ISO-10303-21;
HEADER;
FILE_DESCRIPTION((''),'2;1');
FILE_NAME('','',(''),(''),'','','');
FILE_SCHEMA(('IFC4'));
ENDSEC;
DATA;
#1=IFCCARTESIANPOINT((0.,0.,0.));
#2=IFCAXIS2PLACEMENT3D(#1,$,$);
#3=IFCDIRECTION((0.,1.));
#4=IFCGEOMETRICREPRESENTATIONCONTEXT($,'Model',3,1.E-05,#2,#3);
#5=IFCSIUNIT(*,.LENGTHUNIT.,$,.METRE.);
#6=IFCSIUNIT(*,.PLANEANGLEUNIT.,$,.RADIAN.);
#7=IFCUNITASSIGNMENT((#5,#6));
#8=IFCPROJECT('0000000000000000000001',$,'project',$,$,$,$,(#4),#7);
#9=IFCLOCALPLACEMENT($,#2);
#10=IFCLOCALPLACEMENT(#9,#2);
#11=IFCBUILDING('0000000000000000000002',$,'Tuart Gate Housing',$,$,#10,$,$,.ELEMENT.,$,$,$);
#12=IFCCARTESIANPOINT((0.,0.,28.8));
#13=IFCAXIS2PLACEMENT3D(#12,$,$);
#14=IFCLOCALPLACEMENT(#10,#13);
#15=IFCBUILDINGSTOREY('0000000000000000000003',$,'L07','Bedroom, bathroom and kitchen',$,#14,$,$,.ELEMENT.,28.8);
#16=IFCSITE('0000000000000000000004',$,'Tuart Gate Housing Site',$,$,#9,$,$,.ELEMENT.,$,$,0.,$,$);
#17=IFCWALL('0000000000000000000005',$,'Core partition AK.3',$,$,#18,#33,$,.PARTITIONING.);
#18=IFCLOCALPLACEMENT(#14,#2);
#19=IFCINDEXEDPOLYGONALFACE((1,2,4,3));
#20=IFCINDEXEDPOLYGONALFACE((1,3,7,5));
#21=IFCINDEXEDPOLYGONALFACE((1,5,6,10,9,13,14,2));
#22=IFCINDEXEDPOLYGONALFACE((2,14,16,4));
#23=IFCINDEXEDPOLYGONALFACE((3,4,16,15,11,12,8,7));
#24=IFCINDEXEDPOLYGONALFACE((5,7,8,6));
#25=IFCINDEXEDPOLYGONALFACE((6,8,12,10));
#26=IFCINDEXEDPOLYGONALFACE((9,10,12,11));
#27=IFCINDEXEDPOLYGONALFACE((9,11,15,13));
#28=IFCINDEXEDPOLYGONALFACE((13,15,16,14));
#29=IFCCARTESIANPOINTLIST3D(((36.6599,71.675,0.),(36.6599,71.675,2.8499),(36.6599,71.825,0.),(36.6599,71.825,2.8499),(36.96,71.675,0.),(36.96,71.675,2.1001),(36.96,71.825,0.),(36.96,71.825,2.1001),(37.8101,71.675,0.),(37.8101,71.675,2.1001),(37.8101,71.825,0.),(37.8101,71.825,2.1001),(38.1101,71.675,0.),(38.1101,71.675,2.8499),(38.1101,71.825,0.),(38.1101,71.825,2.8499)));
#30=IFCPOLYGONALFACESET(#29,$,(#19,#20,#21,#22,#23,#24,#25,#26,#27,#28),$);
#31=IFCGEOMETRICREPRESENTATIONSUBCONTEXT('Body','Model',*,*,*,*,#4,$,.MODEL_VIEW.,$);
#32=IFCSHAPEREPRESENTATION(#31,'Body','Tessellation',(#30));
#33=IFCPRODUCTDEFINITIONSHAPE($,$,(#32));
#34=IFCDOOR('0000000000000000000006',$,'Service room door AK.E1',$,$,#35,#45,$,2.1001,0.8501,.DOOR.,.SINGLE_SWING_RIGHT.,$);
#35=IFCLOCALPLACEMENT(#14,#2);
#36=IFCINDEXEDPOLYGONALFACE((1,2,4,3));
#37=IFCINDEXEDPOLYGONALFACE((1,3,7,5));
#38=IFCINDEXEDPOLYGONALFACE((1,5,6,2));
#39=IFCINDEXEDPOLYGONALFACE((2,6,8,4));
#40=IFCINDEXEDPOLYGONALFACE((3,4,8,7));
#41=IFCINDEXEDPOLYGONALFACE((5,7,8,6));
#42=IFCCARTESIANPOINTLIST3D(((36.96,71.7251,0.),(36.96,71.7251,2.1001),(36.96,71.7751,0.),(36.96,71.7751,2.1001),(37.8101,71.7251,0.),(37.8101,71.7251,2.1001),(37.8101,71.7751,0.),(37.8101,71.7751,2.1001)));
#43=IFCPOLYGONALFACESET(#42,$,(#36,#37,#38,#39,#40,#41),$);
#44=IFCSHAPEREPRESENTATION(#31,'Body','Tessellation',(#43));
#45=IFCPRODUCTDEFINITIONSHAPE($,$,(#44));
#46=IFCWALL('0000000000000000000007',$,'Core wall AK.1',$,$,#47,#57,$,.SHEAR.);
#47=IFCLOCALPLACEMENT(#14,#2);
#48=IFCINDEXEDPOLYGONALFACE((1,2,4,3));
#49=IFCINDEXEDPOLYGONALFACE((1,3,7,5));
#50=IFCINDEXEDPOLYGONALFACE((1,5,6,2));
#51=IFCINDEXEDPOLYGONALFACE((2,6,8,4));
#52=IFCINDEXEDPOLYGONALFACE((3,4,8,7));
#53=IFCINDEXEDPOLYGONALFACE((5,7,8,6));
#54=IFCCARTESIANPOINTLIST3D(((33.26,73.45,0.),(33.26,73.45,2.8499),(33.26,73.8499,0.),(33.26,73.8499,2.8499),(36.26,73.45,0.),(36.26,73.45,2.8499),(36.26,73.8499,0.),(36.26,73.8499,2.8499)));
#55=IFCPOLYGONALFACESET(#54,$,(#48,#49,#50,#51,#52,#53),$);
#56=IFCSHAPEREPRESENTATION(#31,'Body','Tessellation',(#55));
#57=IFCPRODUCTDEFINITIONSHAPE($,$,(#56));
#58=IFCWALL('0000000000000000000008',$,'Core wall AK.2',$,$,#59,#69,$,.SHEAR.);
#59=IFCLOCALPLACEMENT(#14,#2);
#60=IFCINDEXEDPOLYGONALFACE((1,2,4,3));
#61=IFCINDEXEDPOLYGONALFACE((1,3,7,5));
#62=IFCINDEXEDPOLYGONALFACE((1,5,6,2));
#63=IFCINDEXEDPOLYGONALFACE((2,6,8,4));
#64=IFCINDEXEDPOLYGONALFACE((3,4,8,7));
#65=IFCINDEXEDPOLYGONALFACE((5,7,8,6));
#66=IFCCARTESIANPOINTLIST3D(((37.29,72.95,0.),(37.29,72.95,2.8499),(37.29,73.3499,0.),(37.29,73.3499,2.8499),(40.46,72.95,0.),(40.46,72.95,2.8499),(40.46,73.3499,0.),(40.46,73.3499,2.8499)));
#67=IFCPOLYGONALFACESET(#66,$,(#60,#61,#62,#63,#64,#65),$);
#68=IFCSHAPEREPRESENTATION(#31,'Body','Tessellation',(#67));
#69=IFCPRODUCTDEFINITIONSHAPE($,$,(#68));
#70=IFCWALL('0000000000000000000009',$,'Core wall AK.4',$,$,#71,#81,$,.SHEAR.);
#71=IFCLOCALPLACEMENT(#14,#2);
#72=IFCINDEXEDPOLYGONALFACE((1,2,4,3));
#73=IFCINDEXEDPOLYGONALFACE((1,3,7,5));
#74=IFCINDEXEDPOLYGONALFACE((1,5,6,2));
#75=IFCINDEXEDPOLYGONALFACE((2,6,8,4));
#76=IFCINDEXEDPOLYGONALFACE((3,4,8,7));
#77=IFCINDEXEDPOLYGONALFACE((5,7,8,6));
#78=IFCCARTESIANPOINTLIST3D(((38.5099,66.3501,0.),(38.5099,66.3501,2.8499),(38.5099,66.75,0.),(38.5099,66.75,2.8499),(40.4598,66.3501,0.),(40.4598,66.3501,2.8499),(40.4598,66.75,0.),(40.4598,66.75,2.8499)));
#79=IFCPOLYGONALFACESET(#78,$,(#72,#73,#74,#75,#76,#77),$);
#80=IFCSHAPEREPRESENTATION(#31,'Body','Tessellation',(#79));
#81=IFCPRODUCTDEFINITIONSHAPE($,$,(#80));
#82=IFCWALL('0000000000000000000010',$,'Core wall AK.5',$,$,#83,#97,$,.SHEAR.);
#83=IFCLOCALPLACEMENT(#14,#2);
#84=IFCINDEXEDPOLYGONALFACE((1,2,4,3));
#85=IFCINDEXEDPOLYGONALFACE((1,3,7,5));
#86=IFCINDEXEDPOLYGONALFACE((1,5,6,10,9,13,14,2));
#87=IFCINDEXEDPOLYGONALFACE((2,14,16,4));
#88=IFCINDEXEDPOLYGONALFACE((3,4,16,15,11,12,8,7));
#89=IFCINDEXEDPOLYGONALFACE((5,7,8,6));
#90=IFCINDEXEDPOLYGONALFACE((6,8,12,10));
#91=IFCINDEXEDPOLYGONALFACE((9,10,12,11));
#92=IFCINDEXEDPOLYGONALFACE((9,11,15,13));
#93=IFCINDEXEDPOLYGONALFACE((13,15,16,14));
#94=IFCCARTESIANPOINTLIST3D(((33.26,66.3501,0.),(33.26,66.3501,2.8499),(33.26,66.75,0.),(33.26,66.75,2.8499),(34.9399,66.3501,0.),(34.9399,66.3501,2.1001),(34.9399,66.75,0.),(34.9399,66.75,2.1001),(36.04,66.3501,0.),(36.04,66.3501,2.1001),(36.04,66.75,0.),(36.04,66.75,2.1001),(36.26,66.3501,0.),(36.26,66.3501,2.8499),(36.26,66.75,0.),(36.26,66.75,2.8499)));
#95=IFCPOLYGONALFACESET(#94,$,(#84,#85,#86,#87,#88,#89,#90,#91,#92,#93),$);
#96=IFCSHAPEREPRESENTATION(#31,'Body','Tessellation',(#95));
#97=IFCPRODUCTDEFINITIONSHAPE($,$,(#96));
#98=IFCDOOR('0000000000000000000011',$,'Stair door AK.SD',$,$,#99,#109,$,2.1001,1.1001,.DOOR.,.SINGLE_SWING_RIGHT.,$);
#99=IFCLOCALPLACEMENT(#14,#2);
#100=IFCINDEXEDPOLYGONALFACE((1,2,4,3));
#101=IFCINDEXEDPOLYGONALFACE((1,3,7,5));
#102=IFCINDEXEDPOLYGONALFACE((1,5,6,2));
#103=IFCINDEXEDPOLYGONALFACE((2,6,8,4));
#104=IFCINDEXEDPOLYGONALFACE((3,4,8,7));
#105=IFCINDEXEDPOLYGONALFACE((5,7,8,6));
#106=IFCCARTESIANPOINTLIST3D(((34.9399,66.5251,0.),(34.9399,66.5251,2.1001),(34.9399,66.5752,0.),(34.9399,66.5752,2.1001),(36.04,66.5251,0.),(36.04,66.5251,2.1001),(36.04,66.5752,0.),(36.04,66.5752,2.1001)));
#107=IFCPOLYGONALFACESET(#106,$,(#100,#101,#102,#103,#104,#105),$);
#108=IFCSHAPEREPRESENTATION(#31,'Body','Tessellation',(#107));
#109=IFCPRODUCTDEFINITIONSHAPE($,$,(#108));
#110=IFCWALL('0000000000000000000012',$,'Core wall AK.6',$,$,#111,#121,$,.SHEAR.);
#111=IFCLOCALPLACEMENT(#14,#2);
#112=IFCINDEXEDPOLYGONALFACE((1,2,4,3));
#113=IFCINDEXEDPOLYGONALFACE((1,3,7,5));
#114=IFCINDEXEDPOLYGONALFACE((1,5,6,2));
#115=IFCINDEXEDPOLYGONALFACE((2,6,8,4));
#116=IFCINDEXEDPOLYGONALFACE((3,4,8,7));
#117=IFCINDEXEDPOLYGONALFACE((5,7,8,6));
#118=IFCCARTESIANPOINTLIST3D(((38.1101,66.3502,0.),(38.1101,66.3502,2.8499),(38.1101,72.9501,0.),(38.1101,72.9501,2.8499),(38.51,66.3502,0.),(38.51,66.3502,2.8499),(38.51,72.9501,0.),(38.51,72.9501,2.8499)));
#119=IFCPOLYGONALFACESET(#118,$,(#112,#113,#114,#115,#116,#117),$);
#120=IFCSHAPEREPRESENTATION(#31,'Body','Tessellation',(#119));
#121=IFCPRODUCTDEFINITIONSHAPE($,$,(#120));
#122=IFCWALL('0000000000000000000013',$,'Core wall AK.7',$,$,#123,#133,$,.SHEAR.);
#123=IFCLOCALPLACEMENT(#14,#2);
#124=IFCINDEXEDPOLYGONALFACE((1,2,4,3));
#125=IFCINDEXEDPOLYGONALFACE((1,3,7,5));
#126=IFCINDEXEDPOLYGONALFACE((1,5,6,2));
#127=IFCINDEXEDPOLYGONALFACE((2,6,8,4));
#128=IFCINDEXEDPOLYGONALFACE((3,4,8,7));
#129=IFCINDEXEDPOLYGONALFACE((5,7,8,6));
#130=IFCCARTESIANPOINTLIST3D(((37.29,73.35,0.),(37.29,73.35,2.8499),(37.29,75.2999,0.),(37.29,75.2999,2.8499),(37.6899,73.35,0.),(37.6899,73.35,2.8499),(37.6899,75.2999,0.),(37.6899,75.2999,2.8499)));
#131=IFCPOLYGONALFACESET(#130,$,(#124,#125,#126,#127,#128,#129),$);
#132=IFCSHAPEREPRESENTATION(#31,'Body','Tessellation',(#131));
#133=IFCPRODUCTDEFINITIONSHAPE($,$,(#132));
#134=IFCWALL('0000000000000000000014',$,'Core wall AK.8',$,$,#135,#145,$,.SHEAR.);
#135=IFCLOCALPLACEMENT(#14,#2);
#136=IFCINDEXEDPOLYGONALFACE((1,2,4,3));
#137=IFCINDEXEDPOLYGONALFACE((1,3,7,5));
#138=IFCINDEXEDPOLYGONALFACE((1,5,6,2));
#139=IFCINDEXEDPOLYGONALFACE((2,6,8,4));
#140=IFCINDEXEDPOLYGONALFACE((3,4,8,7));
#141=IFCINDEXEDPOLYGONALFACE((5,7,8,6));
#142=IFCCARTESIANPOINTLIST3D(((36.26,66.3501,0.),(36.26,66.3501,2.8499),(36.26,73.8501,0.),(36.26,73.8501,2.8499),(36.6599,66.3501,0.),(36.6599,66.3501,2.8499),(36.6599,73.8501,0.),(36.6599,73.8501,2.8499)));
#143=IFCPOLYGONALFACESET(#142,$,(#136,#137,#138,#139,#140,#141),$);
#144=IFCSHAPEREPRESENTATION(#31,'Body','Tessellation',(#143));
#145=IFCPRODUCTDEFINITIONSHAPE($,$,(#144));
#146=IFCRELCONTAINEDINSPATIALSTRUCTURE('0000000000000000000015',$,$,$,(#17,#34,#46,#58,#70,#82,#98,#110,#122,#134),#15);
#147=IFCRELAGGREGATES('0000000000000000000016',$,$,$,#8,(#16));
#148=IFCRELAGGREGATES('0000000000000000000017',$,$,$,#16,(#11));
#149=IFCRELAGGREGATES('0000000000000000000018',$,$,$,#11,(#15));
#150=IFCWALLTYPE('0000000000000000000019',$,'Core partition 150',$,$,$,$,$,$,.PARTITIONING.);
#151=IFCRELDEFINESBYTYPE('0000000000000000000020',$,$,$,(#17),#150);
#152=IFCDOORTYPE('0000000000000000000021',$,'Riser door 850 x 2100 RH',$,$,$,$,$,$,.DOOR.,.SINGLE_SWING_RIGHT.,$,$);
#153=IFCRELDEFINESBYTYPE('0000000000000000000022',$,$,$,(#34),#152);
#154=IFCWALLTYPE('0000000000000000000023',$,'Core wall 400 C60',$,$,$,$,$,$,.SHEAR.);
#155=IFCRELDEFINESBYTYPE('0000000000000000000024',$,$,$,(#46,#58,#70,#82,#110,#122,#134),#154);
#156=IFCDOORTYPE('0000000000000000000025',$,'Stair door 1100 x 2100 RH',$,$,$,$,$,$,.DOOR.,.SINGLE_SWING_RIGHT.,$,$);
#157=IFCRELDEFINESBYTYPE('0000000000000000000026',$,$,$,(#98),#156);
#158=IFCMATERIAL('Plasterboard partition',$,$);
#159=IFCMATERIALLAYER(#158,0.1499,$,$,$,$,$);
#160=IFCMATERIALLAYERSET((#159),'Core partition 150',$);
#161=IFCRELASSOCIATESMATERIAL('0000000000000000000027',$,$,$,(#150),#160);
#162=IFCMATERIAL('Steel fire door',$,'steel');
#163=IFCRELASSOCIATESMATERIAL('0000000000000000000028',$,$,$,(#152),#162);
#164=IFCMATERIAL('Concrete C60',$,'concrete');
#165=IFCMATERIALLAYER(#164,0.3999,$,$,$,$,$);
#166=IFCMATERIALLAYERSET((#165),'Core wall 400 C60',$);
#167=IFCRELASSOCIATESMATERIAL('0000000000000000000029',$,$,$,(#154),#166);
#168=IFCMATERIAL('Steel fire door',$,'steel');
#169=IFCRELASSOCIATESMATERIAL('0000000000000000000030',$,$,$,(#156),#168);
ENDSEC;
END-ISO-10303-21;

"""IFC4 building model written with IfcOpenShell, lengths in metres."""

from ifc_helpers import new_model, si_unit, direction, frame, frame_2d, origin, place, context, subcontext, project, spatial, rectangle, extrude, material, layer, layer_set, type_object, element, fill, save


model = new_model("IFC4")

# Units and contexts
model_context = context("Model", 3, precision=1e-05, world=origin(), true_north=direction((0.0, 1.0)))
body_context = subcontext(model_context, "Body", "Model", "MODEL_VIEW")
ifc_project = project(units=[si_unit("LENGTHUNIT", "METRE"), si_unit("PLANEANGLEUNIT", "RADIAN")], contexts=[model_context])

# Site, building, storey
site_placement = place(None, origin())
site = spatial("IfcSite", under=ifc_project, at=site_placement, Name="Tuart Gate Housing Site", CompositionType="ELEMENT", RefElevation=0.0)
building_placement = place(site_placement, origin())
building = spatial("IfcBuilding", under=site, at=building_placement, Name="Tuart Gate Housing", CompositionType="ELEMENT")
storey_placement = place(building_placement, frame((0.0, 0.0, 28.8)))
storey = spatial("IfcBuildingStorey", under=building, at=storey_placement, Name="L07", Description="Bedroom, bathroom and kitchen", CompositionType="ELEMENT", Elevation=28.8)

# Wall, opening, door
ifc_material_1 = material(Name="Plasterboard partition")
ifc_layer_1 = layer(ifc_material_1, 0.1499)
ifc_layer_set_1 = layer_set([ifc_layer_1], Name="Core partition 150")
wall_type_1 = type_object("IfcWallType", Name="Core partition 150", PredefinedType="PARTITIONING", material=ifc_layer_set_1)
wall_1_placement = place(storey_placement, frame((38.1101, 71.75, 0.0), z_axis=(0.0, 0.0, 1.0), x_axis=(-1.0, 0.0, 0.0)))
wall_1 = element("IfcWall", 1, at=wall_1_placement, inside=storey, type_object=wall_type_1, Name="Core partition AK.3", PredefinedType="PARTITIONING", context=body_context, shape_type="SweptSolid", body=[
    extrude(rectangle(XDim=1.4502, YDim=0.1499, at=frame_2d((0.7251, 0.0))), origin(), (0.0, 0.0, 1.0), 2.8499),
])
opening_1_placement = place(wall_1_placement, frame((0.3, 0.0, 0.0)))
opening_1 = element("IfcOpeningElement", 2, at=opening_1_placement, cuts=wall_1, PredefinedType="OPENING", context=body_context, shape_type="SweptSolid", body=[
    extrude(rectangle(XDim=0.8501, YDim=2.1001, at=frame_2d((0.425, 1.05))), frame((0.0, 0.085, 0.0), z_axis=(0.0, -1.0, 0.0), x_axis=(1.0, 0.0, 0.0)), (0.0, 0.0, 1.0), 0.1699),
])
ifc_material_2 = material(Name="Steel fire door", Category="steel")
door_type_1 = type_object("IfcDoorType", Name="Riser door 850 x 2100 RH", OperationType="SINGLE_SWING_RIGHT", PredefinedType="DOOR", material=ifc_material_2)
door_1_placement = place(opening_1_placement, frame((0.8501, 0.0, 0.0), z_axis=(0.0, 0.0, 1.0), x_axis=(-1.0, 0.0, 0.0)))
door_1 = element("IfcDoor", 3, at=door_1_placement, inside=storey, type_object=door_type_1, Name="Service room door AK.E1", OperationType="SINGLE_SWING_RIGHT", OverallHeight=2.1001, OverallWidth=0.8501, PredefinedType="DOOR", context=body_context, shape_type="SweptSolid", body=[
    extrude(rectangle(XDim=0.8501, YDim=2.1001, at=frame_2d((0.425, 1.05))), frame((0.0, 0.0251, 0.0), z_axis=(0.0, -1.0, 0.0), x_axis=(1.0, 0.0, 0.0)), (0.0, 0.0, 1.0), 0.05),
])
fill(opening_1, door_1)

# Walls
ifc_material_3 = material(Name="Concrete C60", Category="concrete")
ifc_layer_2 = layer(ifc_material_3, 0.3999)
ifc_layer_set_2 = layer_set([ifc_layer_2], Name="Core wall 400 C60")
wall_type_2 = type_object("IfcWallType", Name="Core wall 400 C60", PredefinedType="SHEAR", material=ifc_layer_set_2)
wall_2_placement = place(storey_placement, frame((36.26, 73.6499, 0.0), z_axis=(0.0, 0.0, 1.0), x_axis=(-1.0, 0.0, 0.0)))
element("IfcWall", 4, at=wall_2_placement, inside=storey, type_object=wall_type_2, Name="Core wall AK.1", PredefinedType="SHEAR", context=body_context, shape_type="SweptSolid", body=[
    extrude(rectangle(XDim=3.0, YDim=0.3999, at=frame_2d((1.5, 0.0))), origin(), (0.0, 0.0, 1.0), 2.8499),
])
wall_3_placement = place(storey_placement, frame((40.46, 73.1499, 0.0), z_axis=(0.0, 0.0, 1.0), x_axis=(-1.0, 0.0, 0.0)))
element("IfcWall", 5, at=wall_3_placement, inside=storey, type_object=wall_type_2, Name="Core wall AK.2", PredefinedType="SHEAR", context=body_context, shape_type="SweptSolid", body=[
    extrude(rectangle(XDim=3.1699, YDim=0.3999, at=frame_2d((1.585, 0.0))), origin(), (0.0, 0.0, 1.0), 2.8499),
])
wall_4_placement = place(storey_placement, frame((40.46, 66.55, 0.0), z_axis=(0.0, 0.0, 1.0), x_axis=(-1.0, 0.0, 0.0)))
element("IfcWall", 6, at=wall_4_placement, inside=storey, type_object=wall_type_2, Name="Core wall AK.4", PredefinedType="SHEAR", context=body_context, shape_type="SweptSolid", body=[
    extrude(rectangle(XDim=1.95, YDim=0.3999, at=frame_2d((0.9751, 0.0))), origin(), (0.0, 0.0, 1.0), 2.8499),
])

# Wall, opening, door
wall_5_placement = place(storey_placement, frame((36.26, 66.55, 0.0), z_axis=(0.0, 0.0, 1.0), x_axis=(-1.0, 0.0, 0.0)))
wall_5 = element("IfcWall", 7, at=wall_5_placement, inside=storey, type_object=wall_type_2, Name="Core wall AK.5", PredefinedType="SHEAR", context=body_context, shape_type="SweptSolid", body=[
    extrude(rectangle(XDim=3.0, YDim=0.3999, at=frame_2d((1.5, 0.0))), origin(), (0.0, 0.0, 1.0), 2.8499),
])
opening_2_placement = place(wall_5_placement, frame((0.22, 0.0, 0.0)))
opening_2 = element("IfcOpeningElement", 8, at=opening_2_placement, cuts=wall_5, PredefinedType="OPENING", context=body_context, shape_type="SweptSolid", body=[
    extrude(rectangle(XDim=1.1001, YDim=2.1001, at=frame_2d((0.55, 1.05))), frame((0.0, 0.21, 0.0), z_axis=(0.0, -1.0, 0.0), x_axis=(1.0, 0.0, 0.0)), (0.0, 0.0, 1.0), 0.4199),
])
ifc_material_4 = material(Name="Steel fire door", Category="steel")
door_type_2 = type_object("IfcDoorType", Name="Stair door 1100 x 2100 RH", OperationType="SINGLE_SWING_RIGHT", PredefinedType="DOOR", material=ifc_material_4)
door_2_placement = place(opening_2_placement, frame((1.1001, 0.0, 0.0), z_axis=(0.0, 0.0, 1.0), x_axis=(-1.0, 0.0, 0.0)))
door_2 = element("IfcDoor", 9, at=door_2_placement, inside=storey, type_object=door_type_2, Name="Stair door AK.SD", OperationType="SINGLE_SWING_RIGHT", OverallHeight=2.1001, OverallWidth=1.1001, PredefinedType="DOOR", context=body_context, shape_type="SweptSolid", body=[
    extrude(rectangle(XDim=1.1001, YDim=2.1001, at=frame_2d((0.55, 1.05))), frame((0.0, 0.0251, 0.0), z_axis=(0.0, -1.0, 0.0), x_axis=(1.0, 0.0, 0.0)), (0.0, 0.0, 1.0), 0.05),
])
fill(opening_2, door_2)

# Walls
wall_6_placement = place(storey_placement, frame((38.3101, 72.95, 0.0), z_axis=(0.0, 0.0, 1.0), x_axis=(0.0, -1.0, 0.0)))
element("IfcWall", 10, at=wall_6_placement, inside=storey, type_object=wall_type_2, Name="Core wall AK.6", PredefinedType="SHEAR", context=body_context, shape_type="SweptSolid", body=[
    extrude(rectangle(XDim=6.5999, YDim=0.3999, at=frame_2d((3.2998, 0.0))), origin(), (0.0, 0.0, 1.0), 2.8499),
])
wall_7_placement = place(storey_placement, frame((37.49, 75.3, 0.0), z_axis=(0.0, 0.0, 1.0), x_axis=(0.0, -1.0, 0.0)))
element("IfcWall", 11, at=wall_7_placement, inside=storey, type_object=wall_type_2, Name="Core wall AK.7", PredefinedType="SHEAR", context=body_context, shape_type="SweptSolid", body=[
    extrude(rectangle(XDim=1.95, YDim=0.3999, at=frame_2d((0.9751, 0.0))), origin(), (0.0, 0.0, 1.0), 2.8499),
])
wall_8_placement = place(storey_placement, frame((36.46, 73.8501, 0.0), z_axis=(0.0, 0.0, 1.0), x_axis=(0.0, -1.0, 0.0)))
element("IfcWall", 12, at=wall_8_placement, inside=storey, type_object=wall_type_2, Name="Core wall AK.8", PredefinedType="SHEAR", context=body_context, shape_type="SweptSolid", body=[
    extrude(rectangle(XDim=7.5, YDim=0.3999, at=frame_2d((3.75, 0.0))), origin(), (0.0, 0.0, 1.0), 2.8499),
])

save(model, "model.ifc")
